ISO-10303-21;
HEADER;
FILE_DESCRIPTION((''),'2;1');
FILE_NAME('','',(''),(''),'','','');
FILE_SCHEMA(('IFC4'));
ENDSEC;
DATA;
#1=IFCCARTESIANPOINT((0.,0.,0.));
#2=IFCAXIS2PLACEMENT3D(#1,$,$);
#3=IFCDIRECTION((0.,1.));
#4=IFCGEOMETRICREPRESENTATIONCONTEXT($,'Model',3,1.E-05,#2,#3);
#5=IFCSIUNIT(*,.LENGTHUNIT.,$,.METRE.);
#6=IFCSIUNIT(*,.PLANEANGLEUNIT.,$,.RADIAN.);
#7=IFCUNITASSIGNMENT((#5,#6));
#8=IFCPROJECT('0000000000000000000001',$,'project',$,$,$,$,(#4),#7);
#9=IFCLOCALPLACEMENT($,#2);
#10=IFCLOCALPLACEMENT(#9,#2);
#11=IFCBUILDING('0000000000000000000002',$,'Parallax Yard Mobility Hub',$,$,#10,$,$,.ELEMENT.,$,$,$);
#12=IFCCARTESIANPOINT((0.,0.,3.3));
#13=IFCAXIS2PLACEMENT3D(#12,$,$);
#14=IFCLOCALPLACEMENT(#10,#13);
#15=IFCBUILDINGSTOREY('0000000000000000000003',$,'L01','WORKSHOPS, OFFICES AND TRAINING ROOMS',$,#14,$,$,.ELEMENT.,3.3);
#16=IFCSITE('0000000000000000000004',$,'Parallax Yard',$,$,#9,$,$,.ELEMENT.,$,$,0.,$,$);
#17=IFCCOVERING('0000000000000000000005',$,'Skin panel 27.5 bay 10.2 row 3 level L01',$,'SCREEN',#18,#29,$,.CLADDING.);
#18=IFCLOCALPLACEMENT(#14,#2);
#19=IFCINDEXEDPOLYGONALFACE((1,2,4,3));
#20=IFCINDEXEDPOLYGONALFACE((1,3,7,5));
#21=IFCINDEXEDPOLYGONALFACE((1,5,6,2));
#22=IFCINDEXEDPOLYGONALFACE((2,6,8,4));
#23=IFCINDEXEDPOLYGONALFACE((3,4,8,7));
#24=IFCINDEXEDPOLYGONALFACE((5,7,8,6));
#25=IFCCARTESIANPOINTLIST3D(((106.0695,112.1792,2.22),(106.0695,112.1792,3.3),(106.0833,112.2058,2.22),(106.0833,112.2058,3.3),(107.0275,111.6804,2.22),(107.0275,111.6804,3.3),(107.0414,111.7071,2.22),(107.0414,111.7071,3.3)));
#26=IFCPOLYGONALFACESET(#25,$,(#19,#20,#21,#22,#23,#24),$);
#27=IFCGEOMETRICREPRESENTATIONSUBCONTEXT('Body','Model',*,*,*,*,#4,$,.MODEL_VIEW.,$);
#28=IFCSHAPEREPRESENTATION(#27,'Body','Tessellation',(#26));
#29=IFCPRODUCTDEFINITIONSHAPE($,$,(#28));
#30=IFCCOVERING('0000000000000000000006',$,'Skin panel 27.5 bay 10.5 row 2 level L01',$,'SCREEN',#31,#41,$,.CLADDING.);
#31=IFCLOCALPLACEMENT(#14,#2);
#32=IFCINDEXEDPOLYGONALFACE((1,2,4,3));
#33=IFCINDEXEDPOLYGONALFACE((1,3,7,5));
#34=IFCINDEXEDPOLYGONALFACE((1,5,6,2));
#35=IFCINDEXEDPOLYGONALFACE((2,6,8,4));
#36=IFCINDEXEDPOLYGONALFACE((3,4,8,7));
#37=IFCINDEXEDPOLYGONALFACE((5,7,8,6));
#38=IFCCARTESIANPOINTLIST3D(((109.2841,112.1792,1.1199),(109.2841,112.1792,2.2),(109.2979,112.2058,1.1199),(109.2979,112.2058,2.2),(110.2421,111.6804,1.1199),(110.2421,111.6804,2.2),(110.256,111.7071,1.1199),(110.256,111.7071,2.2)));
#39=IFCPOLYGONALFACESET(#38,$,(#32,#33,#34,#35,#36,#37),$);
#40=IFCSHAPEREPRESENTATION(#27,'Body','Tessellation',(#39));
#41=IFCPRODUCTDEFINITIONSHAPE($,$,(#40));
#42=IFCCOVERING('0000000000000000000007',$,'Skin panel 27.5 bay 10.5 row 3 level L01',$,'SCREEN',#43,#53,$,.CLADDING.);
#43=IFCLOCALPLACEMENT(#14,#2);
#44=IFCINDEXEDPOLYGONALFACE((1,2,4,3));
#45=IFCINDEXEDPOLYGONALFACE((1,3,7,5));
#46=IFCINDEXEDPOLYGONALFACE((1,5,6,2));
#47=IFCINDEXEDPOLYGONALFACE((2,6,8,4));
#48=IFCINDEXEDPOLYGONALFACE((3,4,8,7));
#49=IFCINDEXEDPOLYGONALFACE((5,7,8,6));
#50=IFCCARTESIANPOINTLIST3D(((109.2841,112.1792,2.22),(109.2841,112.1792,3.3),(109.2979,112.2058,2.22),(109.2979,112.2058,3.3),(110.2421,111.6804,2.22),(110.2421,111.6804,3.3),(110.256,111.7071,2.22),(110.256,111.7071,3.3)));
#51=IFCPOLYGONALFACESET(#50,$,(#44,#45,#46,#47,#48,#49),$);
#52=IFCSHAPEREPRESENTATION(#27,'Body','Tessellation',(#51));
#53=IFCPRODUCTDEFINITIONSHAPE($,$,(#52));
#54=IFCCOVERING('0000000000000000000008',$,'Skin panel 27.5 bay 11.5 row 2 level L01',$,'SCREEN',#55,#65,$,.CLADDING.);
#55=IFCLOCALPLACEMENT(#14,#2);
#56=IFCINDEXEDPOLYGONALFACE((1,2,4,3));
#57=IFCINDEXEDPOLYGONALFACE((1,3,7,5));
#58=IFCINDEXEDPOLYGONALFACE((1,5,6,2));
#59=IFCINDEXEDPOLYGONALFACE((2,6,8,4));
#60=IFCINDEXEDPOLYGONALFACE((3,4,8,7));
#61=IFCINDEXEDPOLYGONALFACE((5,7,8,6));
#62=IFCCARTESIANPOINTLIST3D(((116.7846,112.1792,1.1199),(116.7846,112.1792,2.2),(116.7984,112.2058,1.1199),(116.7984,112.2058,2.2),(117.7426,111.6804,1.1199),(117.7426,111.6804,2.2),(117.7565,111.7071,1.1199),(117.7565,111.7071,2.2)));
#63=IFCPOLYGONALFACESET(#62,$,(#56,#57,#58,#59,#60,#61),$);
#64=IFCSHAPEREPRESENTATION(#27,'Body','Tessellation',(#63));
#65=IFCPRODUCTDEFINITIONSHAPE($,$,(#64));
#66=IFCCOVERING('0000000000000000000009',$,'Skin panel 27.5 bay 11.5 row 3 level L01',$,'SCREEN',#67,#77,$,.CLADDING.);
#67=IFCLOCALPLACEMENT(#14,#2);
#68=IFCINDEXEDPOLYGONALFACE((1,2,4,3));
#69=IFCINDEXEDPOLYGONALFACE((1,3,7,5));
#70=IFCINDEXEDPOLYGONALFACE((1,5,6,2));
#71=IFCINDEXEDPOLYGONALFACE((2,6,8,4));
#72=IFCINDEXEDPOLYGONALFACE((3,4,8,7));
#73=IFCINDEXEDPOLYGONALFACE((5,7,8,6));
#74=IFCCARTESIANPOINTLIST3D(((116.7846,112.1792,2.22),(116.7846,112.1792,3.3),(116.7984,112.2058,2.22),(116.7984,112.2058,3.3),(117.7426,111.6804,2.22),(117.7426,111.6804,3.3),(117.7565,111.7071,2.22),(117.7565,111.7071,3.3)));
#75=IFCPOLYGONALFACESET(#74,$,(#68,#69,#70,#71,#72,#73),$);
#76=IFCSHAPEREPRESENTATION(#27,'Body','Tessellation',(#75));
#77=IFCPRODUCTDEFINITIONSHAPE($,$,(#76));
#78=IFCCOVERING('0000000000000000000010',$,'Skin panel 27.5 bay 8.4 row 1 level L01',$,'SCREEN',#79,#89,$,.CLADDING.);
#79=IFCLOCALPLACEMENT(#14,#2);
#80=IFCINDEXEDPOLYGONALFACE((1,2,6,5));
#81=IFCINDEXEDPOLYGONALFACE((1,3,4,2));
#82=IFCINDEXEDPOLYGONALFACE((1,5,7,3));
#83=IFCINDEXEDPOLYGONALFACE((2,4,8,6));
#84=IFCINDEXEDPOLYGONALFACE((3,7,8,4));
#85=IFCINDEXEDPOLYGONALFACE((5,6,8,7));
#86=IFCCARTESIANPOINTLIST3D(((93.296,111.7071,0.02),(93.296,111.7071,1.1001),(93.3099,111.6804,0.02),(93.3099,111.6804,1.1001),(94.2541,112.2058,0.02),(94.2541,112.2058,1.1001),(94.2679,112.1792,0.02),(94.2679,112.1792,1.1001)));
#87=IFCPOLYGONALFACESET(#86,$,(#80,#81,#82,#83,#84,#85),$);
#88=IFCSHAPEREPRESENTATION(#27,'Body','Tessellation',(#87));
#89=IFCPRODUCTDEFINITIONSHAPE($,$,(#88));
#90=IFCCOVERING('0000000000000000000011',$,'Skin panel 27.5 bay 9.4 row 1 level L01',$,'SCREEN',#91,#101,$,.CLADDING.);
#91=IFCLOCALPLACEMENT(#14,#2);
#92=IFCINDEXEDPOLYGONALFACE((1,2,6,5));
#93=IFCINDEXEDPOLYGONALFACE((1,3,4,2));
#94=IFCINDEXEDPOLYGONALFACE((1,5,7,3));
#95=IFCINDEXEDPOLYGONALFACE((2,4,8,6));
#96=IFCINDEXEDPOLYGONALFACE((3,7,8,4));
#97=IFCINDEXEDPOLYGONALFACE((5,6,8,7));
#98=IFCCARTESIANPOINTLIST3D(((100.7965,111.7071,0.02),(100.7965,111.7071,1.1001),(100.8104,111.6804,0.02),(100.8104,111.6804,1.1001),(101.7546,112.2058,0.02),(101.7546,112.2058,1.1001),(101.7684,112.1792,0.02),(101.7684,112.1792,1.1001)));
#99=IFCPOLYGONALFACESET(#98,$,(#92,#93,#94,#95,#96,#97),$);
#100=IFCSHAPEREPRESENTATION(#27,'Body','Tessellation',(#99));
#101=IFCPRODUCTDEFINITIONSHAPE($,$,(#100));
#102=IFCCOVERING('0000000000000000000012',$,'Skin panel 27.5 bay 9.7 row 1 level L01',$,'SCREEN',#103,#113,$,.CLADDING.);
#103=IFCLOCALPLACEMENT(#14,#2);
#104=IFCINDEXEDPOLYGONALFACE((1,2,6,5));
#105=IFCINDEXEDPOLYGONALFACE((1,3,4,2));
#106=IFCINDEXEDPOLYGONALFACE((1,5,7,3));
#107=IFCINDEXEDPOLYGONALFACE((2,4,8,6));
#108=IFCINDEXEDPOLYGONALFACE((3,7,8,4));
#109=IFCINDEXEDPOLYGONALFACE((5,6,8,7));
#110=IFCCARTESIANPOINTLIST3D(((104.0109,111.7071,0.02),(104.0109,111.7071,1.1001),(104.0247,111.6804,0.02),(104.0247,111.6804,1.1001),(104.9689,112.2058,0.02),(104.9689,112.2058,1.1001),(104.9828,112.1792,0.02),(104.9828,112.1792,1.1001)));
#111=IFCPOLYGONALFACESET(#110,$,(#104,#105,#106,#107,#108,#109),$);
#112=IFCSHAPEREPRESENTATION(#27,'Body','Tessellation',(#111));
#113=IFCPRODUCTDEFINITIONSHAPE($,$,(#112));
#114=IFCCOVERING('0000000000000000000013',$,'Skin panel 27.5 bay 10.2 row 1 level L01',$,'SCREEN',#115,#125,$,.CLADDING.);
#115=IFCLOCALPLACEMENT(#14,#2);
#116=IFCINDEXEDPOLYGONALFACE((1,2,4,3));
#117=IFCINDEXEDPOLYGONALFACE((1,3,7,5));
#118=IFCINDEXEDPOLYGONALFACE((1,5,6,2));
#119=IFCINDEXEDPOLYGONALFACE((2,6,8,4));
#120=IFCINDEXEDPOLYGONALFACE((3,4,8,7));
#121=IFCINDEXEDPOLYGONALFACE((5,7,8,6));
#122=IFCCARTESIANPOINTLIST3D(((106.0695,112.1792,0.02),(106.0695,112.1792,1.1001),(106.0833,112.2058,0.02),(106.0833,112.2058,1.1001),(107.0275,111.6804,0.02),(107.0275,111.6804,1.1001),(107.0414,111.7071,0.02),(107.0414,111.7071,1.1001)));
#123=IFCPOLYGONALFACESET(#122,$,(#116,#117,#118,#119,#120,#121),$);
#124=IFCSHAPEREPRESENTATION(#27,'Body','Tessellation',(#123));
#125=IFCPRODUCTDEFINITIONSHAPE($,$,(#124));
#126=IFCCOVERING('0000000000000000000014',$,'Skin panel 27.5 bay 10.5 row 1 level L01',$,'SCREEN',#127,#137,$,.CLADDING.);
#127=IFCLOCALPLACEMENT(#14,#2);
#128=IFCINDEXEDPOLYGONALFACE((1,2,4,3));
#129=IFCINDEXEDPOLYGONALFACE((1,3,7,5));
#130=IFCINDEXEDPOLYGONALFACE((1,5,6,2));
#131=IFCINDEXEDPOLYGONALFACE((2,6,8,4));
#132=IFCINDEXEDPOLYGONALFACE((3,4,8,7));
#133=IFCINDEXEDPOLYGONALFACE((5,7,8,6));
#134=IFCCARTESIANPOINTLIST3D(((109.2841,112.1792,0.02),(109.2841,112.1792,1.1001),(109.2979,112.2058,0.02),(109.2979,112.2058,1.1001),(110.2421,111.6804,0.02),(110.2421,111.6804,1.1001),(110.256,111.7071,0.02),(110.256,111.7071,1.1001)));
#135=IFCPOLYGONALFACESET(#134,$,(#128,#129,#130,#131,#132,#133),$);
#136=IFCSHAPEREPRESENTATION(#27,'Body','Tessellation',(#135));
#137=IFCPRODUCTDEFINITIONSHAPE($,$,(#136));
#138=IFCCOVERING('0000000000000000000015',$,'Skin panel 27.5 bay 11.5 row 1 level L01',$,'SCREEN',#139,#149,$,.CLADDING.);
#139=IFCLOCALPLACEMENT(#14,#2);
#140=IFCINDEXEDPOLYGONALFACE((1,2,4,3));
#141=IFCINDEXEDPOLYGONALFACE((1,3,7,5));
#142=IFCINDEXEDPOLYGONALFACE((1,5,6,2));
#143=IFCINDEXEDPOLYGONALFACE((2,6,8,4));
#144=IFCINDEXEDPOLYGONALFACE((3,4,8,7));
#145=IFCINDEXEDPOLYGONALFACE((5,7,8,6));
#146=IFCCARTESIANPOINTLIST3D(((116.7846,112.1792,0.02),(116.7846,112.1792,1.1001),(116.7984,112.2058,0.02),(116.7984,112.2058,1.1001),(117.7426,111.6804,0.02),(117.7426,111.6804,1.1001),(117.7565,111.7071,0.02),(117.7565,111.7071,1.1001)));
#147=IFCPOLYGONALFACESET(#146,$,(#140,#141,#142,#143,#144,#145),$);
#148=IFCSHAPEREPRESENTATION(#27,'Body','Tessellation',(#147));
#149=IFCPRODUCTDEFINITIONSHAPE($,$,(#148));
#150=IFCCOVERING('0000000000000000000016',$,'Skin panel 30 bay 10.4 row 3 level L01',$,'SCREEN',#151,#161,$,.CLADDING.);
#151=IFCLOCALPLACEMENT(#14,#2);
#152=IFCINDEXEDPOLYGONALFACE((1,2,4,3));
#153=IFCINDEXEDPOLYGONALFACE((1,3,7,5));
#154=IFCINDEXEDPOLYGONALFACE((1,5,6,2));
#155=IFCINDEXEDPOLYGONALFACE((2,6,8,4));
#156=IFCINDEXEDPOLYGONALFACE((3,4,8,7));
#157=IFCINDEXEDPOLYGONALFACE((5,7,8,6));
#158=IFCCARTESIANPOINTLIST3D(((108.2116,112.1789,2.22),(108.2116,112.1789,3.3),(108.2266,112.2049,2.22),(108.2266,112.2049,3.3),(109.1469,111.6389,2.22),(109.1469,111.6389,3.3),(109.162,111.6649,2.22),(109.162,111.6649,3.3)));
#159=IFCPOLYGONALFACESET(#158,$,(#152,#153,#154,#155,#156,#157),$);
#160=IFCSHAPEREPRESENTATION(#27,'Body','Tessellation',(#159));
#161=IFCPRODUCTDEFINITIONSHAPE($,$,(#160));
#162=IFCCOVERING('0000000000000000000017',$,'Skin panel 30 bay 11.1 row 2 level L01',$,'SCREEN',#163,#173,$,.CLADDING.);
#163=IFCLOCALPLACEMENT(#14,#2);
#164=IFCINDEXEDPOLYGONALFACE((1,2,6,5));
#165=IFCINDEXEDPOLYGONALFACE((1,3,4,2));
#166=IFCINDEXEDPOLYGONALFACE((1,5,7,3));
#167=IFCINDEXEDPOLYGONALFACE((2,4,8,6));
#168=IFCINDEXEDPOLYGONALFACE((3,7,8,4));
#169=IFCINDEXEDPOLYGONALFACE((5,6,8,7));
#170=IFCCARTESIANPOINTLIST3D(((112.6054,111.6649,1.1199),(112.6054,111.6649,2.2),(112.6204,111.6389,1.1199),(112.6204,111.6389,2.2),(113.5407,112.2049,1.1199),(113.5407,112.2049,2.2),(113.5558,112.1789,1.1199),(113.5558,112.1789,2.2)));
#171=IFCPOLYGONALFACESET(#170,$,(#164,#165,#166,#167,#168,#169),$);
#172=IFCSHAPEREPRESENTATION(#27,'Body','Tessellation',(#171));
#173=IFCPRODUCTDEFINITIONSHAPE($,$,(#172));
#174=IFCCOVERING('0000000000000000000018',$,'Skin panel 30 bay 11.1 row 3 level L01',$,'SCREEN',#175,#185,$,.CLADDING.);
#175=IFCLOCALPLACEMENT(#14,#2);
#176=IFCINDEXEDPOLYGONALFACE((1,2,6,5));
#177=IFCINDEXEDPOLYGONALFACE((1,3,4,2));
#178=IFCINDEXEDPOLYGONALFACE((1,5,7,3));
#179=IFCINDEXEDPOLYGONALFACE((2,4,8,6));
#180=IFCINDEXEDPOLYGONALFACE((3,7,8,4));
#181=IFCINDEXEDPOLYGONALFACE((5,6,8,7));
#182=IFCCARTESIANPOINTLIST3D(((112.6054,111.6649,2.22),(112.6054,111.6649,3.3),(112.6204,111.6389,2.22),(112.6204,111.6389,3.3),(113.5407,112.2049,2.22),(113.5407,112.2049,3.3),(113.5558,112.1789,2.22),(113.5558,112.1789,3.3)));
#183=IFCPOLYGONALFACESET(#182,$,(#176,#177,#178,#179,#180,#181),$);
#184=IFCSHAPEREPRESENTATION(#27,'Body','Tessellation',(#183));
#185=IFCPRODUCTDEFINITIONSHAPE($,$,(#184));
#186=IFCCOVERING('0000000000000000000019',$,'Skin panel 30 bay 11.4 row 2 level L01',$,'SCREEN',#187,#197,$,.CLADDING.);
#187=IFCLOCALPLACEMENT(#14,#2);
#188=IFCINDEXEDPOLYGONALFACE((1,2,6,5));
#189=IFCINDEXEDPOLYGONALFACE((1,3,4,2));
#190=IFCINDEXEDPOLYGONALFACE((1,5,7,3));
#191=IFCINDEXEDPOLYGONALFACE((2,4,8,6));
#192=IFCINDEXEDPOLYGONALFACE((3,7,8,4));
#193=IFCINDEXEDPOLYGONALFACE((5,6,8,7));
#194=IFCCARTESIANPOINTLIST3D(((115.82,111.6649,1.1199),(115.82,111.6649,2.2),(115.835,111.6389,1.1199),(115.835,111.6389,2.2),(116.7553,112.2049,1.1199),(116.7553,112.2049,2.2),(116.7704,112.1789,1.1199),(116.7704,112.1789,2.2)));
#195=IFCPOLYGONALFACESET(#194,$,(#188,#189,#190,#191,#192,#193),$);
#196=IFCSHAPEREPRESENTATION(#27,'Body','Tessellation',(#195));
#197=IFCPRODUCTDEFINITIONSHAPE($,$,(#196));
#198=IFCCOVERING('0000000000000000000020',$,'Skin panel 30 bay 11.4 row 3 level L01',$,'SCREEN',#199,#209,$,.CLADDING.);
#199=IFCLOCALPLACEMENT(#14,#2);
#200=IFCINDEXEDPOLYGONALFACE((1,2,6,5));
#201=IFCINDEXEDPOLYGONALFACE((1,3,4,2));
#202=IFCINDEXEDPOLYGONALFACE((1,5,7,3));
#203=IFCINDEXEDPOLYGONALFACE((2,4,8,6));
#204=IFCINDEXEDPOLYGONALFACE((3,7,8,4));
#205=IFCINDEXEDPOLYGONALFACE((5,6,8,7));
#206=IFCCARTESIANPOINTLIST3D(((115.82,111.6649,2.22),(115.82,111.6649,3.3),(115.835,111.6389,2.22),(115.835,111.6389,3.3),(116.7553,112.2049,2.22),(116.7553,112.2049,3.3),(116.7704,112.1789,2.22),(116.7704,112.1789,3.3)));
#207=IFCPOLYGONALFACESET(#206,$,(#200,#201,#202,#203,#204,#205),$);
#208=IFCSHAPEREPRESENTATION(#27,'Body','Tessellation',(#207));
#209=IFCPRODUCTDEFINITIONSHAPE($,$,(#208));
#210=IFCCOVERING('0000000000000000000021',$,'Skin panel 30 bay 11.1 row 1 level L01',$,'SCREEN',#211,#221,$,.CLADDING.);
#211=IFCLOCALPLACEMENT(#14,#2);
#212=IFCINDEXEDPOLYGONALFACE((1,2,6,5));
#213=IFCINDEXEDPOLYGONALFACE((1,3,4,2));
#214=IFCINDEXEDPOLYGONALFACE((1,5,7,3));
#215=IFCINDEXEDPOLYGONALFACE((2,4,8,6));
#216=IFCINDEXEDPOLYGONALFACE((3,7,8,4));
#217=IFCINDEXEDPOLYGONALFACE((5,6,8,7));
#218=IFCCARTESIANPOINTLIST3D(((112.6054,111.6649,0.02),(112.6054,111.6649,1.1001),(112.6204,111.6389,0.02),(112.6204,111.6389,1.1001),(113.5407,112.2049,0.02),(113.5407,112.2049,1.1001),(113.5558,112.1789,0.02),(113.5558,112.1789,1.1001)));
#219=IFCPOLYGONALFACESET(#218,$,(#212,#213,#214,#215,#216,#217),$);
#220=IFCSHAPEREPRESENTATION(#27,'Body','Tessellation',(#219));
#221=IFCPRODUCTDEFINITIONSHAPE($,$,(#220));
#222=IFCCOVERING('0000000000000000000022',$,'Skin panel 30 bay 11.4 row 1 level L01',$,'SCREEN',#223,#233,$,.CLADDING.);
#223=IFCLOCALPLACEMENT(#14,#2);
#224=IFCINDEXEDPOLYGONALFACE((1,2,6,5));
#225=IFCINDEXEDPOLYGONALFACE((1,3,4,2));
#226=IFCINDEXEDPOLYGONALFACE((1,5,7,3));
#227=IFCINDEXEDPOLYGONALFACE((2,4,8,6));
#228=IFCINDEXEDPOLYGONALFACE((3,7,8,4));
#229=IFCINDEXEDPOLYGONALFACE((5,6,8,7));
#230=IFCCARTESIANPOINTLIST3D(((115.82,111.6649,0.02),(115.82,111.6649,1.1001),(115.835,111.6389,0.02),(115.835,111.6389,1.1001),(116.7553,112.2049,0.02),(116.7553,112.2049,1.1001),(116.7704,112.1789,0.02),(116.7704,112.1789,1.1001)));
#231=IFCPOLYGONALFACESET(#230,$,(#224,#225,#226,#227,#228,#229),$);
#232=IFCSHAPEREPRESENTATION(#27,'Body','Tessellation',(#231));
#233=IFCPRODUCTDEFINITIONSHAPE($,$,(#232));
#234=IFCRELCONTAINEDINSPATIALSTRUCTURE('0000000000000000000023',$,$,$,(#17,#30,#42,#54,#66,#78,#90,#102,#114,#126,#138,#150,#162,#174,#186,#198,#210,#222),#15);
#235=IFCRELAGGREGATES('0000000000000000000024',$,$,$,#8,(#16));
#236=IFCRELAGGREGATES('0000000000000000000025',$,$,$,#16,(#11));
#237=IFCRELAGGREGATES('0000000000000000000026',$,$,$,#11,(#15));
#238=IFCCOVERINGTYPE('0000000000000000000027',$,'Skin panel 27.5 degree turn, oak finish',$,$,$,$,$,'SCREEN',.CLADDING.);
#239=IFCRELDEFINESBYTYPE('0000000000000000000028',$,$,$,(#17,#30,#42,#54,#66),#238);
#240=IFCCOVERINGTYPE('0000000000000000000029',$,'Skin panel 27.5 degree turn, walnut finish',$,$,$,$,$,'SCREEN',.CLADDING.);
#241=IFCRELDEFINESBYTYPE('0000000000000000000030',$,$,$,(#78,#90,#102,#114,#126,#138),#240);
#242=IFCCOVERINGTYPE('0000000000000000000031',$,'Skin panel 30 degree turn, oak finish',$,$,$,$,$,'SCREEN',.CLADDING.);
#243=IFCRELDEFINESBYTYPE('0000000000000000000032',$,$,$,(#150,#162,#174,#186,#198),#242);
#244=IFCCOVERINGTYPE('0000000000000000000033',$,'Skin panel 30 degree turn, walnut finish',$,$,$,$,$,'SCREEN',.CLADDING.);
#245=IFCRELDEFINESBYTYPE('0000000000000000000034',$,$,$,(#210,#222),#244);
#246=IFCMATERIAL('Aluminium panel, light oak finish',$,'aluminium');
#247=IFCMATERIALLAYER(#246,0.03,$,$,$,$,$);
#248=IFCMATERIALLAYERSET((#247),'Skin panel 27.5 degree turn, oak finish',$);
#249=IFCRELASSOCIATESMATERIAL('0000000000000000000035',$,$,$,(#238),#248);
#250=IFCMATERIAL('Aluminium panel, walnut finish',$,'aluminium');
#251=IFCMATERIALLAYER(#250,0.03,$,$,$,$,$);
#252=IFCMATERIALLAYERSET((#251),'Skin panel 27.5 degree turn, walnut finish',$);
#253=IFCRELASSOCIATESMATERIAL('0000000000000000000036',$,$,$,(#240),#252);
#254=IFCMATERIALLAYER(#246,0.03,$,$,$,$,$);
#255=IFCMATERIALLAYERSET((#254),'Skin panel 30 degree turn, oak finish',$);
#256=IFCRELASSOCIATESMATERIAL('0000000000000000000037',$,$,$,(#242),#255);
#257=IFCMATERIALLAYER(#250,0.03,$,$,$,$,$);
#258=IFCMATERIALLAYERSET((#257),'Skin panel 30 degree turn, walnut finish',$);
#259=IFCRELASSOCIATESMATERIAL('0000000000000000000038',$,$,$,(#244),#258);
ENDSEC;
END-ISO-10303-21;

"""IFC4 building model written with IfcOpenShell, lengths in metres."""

from ifc_helpers import new_model, si_unit, direction, frame, origin, origin_2d, place, context, subcontext, project, spatial, rectangle, extrude, material, layer, layer_set, type_object, element, save


model = new_model("IFC4")

# Units and contexts
model_context = context("Model", 3, precision=1e-05, world=origin(), true_north=direction((0.0, 1.0)))
body_context = subcontext(model_context, "Body", "Model", "MODEL_VIEW")
ifc_project = project(units=[si_unit("LENGTHUNIT", "METRE"), si_unit("PLANEANGLEUNIT", "RADIAN")], contexts=[model_context])

# Site, building, storey
site_placement = place(None, origin())
site = spatial("IfcSite", under=ifc_project, at=site_placement, Name="Parallax Yard", CompositionType="ELEMENT", RefElevation=0.0)
building_placement = place(site_placement, origin())
building = spatial("IfcBuilding", under=site, at=building_placement, Name="Parallax Yard Mobility Hub", CompositionType="ELEMENT")
storey_placement = place(building_placement, frame((0.0, 0.0, 3.3)))
storey = spatial("IfcBuildingStorey", under=building, at=storey_placement, Name="L01", Description="WORKSHOPS, OFFICES AND TRAINING ROOMS", CompositionType="ELEMENT", Elevation=3.3)

# Coverings
ifc_material_1 = material(Name="Aluminium panel, light oak finish", Category="aluminium")
ifc_material_2 = material(Name="Aluminium panel, walnut finish", Category="aluminium")
ifc_layer_1 = layer(ifc_material_1, 0.03)
ifc_layer_set_1 = layer_set([ifc_layer_1], Name="Skin panel 27.5 degree turn, oak finish")
covering_type_1 = type_object("IfcCoveringType", Name="Skin panel 27.5 degree turn, oak finish", ElementType="SCREEN", PredefinedType="CLADDING", material=ifc_layer_set_1)
for number, where, z_axis, x_axis, name in (
    (1, (106.5554, 111.9431, 2.22), (0.0, 0.0, 1.0), (0.887011, -0.461749, 0.0), "Skin panel 27.5 bay 10.2 row 3 level L01"),
    (2, (109.77, 111.9431, 1.1199), (0.0, 0.0, 1.0), (0.887011, -0.461749, 0.0), "Skin panel 27.5 bay 10.5 row 2 level L01"),
    (3, (109.77, 111.9431, 2.22), (0.0, 0.0, 1.0), (0.887011, -0.461749, 0.0), "Skin panel 27.5 bay 10.5 row 3 level L01"),
    (4, (117.2705, 111.9431, 1.1199), (0.0, 0.0, 1.0), (0.887011, -0.461749, 0.0), "Skin panel 27.5 bay 11.5 row 2 level L01"),
    (5, (117.2705, 111.9431, 2.22), (0.0, 0.0, 1.0), (0.887011, -0.461749, 0.0), "Skin panel 27.5 bay 11.5 row 3 level L01"),
):
    element("IfcCovering", number, at=place(storey_placement, frame(where, z_axis=z_axis, x_axis=x_axis)), inside=storey, type_object=covering_type_1, Name=name, ObjectType="SCREEN", PredefinedType="CLADDING", context=body_context, shape_type="SweptSolid", body=[
        extrude(rectangle(XDim=1.0801, YDim=0.03, at=origin_2d()), origin(), (0.0, 0.0, 1.0), 1.0801),
    ])
ifc_layer_2 = layer(ifc_material_2, 0.03)
ifc_layer_set_2 = layer_set([ifc_layer_2], Name="Skin panel 27.5 degree turn, walnut finish")
covering_type_2 = type_object("IfcCoveringType", Name="Skin panel 27.5 degree turn, walnut finish", ElementType="SCREEN", PredefinedType="CLADDING", material=ifc_layer_set_2)
for number, where, z_axis, x_axis, name in (
    (6, (93.782, 111.9431, 0.02), (0.0, 0.0, 1.0), (-0.887011, -0.461749, 0.0), "Skin panel 27.5 bay 8.4 row 1 level L01"),
    (7, (101.2825, 111.9431, 0.02), (0.0, 0.0, 1.0), (-0.887011, -0.461749, 0.0), "Skin panel 27.5 bay 9.4 row 1 level L01"),
    (8, (104.4968, 111.9431, 0.02), (0.0, 0.0, 1.0), (-0.887011, -0.461749, 0.0), "Skin panel 27.5 bay 9.7 row 1 level L01"),
    (9, (106.5554, 111.9431, 0.02), (0.0, 0.0, 1.0), (0.887011, -0.461749, 0.0), "Skin panel 27.5 bay 10.2 row 1 level L01"),
    (10, (109.77, 111.9431, 0.02), (0.0, 0.0, 1.0), (0.887011, -0.461749, 0.0), "Skin panel 27.5 bay 10.5 row 1 level L01"),
    (11, (117.2705, 111.9431, 0.02), (0.0, 0.0, 1.0), (0.887011, -0.461749, 0.0), "Skin panel 27.5 bay 11.5 row 1 level L01"),
):
    element("IfcCovering", number, at=place(storey_placement, frame(where, z_axis=z_axis, x_axis=x_axis)), inside=storey, type_object=covering_type_2, Name=name, ObjectType="SCREEN", PredefinedType="CLADDING", context=body_context, shape_type="SweptSolid", body=[
        extrude(rectangle(XDim=1.0801, YDim=0.03, at=origin_2d()), origin(), (0.0, 0.0, 1.0), 1.0801),
    ])
ifc_layer_3 = layer(ifc_material_1, 0.03)
ifc_layer_set_3 = layer_set([ifc_layer_3], Name="Skin panel 30 degree turn, oak finish")
covering_type_3 = type_object("IfcCoveringType", Name="Skin panel 30 degree turn, oak finish", ElementType="SCREEN", PredefinedType="CLADDING", material=ifc_layer_set_3)
for number, where, z_axis, x_axis, name in (
    (12, (108.6868, 111.9219, 2.22), (0.0, 0.0, 1.0), (0.866025, -0.5, 0.0), "Skin panel 30 bay 10.4 row 3 level L01"),
    (13, (113.0806, 111.9219, 1.1199), (0.0, 0.0, 1.0), (-0.866025, -0.5, 0.0), "Skin panel 30 bay 11.1 row 2 level L01"),
    (14, (113.0806, 111.9219, 2.22), (0.0, 0.0, 1.0), (-0.866025, -0.5, 0.0), "Skin panel 30 bay 11.1 row 3 level L01"),
    (15, (116.2952, 111.9219, 1.1199), (0.0, 0.0, 1.0), (-0.866025, -0.5, 0.0), "Skin panel 30 bay 11.4 row 2 level L01"),
    (16, (116.2952, 111.9219, 2.22), (0.0, 0.0, 1.0), (-0.866025, -0.5, 0.0), "Skin panel 30 bay 11.4 row 3 level L01"),
):
    element("IfcCovering", number, at=place(storey_placement, frame(where, z_axis=z_axis, x_axis=x_axis)), inside=storey, type_object=covering_type_3, Name=name, ObjectType="SCREEN", PredefinedType="CLADDING", context=body_context, shape_type="SweptSolid", body=[
        extrude(rectangle(XDim=1.0801, YDim=0.03, at=origin_2d()), origin(), (0.0, 0.0, 1.0), 1.0801),
    ])
ifc_layer_4 = layer(ifc_material_2, 0.03)
ifc_layer_set_4 = layer_set([ifc_layer_4], Name="Skin panel 30 degree turn, walnut finish")
covering_type_4 = type_object("IfcCoveringType", Name="Skin panel 30 degree turn, walnut finish", ElementType="SCREEN", PredefinedType="CLADDING", material=ifc_layer_set_4)
for number, where, z_axis, x_axis, name in (
    (17, (113.0806, 111.9219, 0.02), (0.0, 0.0, 1.0), (-0.866025, -0.5, 0.0), "Skin panel 30 bay 11.1 row 1 level L01"),
    (18, (116.2952, 111.9219, 0.02), (0.0, 0.0, 1.0), (-0.866025, -0.5, 0.0), "Skin panel 30 bay 11.4 row 1 level L01"),
):
    element("IfcCovering", number, at=place(storey_placement, frame(where, z_axis=z_axis, x_axis=x_axis)), inside=storey, type_object=covering_type_4, Name=name, ObjectType="SCREEN", PredefinedType="CLADDING", context=body_context, shape_type="SweptSolid", body=[
        extrude(rectangle(XDim=1.0801, YDim=0.03, at=origin_2d()), origin(), (0.0, 0.0, 1.0), 1.0801),
    ])

save(model, "model.ifc")
